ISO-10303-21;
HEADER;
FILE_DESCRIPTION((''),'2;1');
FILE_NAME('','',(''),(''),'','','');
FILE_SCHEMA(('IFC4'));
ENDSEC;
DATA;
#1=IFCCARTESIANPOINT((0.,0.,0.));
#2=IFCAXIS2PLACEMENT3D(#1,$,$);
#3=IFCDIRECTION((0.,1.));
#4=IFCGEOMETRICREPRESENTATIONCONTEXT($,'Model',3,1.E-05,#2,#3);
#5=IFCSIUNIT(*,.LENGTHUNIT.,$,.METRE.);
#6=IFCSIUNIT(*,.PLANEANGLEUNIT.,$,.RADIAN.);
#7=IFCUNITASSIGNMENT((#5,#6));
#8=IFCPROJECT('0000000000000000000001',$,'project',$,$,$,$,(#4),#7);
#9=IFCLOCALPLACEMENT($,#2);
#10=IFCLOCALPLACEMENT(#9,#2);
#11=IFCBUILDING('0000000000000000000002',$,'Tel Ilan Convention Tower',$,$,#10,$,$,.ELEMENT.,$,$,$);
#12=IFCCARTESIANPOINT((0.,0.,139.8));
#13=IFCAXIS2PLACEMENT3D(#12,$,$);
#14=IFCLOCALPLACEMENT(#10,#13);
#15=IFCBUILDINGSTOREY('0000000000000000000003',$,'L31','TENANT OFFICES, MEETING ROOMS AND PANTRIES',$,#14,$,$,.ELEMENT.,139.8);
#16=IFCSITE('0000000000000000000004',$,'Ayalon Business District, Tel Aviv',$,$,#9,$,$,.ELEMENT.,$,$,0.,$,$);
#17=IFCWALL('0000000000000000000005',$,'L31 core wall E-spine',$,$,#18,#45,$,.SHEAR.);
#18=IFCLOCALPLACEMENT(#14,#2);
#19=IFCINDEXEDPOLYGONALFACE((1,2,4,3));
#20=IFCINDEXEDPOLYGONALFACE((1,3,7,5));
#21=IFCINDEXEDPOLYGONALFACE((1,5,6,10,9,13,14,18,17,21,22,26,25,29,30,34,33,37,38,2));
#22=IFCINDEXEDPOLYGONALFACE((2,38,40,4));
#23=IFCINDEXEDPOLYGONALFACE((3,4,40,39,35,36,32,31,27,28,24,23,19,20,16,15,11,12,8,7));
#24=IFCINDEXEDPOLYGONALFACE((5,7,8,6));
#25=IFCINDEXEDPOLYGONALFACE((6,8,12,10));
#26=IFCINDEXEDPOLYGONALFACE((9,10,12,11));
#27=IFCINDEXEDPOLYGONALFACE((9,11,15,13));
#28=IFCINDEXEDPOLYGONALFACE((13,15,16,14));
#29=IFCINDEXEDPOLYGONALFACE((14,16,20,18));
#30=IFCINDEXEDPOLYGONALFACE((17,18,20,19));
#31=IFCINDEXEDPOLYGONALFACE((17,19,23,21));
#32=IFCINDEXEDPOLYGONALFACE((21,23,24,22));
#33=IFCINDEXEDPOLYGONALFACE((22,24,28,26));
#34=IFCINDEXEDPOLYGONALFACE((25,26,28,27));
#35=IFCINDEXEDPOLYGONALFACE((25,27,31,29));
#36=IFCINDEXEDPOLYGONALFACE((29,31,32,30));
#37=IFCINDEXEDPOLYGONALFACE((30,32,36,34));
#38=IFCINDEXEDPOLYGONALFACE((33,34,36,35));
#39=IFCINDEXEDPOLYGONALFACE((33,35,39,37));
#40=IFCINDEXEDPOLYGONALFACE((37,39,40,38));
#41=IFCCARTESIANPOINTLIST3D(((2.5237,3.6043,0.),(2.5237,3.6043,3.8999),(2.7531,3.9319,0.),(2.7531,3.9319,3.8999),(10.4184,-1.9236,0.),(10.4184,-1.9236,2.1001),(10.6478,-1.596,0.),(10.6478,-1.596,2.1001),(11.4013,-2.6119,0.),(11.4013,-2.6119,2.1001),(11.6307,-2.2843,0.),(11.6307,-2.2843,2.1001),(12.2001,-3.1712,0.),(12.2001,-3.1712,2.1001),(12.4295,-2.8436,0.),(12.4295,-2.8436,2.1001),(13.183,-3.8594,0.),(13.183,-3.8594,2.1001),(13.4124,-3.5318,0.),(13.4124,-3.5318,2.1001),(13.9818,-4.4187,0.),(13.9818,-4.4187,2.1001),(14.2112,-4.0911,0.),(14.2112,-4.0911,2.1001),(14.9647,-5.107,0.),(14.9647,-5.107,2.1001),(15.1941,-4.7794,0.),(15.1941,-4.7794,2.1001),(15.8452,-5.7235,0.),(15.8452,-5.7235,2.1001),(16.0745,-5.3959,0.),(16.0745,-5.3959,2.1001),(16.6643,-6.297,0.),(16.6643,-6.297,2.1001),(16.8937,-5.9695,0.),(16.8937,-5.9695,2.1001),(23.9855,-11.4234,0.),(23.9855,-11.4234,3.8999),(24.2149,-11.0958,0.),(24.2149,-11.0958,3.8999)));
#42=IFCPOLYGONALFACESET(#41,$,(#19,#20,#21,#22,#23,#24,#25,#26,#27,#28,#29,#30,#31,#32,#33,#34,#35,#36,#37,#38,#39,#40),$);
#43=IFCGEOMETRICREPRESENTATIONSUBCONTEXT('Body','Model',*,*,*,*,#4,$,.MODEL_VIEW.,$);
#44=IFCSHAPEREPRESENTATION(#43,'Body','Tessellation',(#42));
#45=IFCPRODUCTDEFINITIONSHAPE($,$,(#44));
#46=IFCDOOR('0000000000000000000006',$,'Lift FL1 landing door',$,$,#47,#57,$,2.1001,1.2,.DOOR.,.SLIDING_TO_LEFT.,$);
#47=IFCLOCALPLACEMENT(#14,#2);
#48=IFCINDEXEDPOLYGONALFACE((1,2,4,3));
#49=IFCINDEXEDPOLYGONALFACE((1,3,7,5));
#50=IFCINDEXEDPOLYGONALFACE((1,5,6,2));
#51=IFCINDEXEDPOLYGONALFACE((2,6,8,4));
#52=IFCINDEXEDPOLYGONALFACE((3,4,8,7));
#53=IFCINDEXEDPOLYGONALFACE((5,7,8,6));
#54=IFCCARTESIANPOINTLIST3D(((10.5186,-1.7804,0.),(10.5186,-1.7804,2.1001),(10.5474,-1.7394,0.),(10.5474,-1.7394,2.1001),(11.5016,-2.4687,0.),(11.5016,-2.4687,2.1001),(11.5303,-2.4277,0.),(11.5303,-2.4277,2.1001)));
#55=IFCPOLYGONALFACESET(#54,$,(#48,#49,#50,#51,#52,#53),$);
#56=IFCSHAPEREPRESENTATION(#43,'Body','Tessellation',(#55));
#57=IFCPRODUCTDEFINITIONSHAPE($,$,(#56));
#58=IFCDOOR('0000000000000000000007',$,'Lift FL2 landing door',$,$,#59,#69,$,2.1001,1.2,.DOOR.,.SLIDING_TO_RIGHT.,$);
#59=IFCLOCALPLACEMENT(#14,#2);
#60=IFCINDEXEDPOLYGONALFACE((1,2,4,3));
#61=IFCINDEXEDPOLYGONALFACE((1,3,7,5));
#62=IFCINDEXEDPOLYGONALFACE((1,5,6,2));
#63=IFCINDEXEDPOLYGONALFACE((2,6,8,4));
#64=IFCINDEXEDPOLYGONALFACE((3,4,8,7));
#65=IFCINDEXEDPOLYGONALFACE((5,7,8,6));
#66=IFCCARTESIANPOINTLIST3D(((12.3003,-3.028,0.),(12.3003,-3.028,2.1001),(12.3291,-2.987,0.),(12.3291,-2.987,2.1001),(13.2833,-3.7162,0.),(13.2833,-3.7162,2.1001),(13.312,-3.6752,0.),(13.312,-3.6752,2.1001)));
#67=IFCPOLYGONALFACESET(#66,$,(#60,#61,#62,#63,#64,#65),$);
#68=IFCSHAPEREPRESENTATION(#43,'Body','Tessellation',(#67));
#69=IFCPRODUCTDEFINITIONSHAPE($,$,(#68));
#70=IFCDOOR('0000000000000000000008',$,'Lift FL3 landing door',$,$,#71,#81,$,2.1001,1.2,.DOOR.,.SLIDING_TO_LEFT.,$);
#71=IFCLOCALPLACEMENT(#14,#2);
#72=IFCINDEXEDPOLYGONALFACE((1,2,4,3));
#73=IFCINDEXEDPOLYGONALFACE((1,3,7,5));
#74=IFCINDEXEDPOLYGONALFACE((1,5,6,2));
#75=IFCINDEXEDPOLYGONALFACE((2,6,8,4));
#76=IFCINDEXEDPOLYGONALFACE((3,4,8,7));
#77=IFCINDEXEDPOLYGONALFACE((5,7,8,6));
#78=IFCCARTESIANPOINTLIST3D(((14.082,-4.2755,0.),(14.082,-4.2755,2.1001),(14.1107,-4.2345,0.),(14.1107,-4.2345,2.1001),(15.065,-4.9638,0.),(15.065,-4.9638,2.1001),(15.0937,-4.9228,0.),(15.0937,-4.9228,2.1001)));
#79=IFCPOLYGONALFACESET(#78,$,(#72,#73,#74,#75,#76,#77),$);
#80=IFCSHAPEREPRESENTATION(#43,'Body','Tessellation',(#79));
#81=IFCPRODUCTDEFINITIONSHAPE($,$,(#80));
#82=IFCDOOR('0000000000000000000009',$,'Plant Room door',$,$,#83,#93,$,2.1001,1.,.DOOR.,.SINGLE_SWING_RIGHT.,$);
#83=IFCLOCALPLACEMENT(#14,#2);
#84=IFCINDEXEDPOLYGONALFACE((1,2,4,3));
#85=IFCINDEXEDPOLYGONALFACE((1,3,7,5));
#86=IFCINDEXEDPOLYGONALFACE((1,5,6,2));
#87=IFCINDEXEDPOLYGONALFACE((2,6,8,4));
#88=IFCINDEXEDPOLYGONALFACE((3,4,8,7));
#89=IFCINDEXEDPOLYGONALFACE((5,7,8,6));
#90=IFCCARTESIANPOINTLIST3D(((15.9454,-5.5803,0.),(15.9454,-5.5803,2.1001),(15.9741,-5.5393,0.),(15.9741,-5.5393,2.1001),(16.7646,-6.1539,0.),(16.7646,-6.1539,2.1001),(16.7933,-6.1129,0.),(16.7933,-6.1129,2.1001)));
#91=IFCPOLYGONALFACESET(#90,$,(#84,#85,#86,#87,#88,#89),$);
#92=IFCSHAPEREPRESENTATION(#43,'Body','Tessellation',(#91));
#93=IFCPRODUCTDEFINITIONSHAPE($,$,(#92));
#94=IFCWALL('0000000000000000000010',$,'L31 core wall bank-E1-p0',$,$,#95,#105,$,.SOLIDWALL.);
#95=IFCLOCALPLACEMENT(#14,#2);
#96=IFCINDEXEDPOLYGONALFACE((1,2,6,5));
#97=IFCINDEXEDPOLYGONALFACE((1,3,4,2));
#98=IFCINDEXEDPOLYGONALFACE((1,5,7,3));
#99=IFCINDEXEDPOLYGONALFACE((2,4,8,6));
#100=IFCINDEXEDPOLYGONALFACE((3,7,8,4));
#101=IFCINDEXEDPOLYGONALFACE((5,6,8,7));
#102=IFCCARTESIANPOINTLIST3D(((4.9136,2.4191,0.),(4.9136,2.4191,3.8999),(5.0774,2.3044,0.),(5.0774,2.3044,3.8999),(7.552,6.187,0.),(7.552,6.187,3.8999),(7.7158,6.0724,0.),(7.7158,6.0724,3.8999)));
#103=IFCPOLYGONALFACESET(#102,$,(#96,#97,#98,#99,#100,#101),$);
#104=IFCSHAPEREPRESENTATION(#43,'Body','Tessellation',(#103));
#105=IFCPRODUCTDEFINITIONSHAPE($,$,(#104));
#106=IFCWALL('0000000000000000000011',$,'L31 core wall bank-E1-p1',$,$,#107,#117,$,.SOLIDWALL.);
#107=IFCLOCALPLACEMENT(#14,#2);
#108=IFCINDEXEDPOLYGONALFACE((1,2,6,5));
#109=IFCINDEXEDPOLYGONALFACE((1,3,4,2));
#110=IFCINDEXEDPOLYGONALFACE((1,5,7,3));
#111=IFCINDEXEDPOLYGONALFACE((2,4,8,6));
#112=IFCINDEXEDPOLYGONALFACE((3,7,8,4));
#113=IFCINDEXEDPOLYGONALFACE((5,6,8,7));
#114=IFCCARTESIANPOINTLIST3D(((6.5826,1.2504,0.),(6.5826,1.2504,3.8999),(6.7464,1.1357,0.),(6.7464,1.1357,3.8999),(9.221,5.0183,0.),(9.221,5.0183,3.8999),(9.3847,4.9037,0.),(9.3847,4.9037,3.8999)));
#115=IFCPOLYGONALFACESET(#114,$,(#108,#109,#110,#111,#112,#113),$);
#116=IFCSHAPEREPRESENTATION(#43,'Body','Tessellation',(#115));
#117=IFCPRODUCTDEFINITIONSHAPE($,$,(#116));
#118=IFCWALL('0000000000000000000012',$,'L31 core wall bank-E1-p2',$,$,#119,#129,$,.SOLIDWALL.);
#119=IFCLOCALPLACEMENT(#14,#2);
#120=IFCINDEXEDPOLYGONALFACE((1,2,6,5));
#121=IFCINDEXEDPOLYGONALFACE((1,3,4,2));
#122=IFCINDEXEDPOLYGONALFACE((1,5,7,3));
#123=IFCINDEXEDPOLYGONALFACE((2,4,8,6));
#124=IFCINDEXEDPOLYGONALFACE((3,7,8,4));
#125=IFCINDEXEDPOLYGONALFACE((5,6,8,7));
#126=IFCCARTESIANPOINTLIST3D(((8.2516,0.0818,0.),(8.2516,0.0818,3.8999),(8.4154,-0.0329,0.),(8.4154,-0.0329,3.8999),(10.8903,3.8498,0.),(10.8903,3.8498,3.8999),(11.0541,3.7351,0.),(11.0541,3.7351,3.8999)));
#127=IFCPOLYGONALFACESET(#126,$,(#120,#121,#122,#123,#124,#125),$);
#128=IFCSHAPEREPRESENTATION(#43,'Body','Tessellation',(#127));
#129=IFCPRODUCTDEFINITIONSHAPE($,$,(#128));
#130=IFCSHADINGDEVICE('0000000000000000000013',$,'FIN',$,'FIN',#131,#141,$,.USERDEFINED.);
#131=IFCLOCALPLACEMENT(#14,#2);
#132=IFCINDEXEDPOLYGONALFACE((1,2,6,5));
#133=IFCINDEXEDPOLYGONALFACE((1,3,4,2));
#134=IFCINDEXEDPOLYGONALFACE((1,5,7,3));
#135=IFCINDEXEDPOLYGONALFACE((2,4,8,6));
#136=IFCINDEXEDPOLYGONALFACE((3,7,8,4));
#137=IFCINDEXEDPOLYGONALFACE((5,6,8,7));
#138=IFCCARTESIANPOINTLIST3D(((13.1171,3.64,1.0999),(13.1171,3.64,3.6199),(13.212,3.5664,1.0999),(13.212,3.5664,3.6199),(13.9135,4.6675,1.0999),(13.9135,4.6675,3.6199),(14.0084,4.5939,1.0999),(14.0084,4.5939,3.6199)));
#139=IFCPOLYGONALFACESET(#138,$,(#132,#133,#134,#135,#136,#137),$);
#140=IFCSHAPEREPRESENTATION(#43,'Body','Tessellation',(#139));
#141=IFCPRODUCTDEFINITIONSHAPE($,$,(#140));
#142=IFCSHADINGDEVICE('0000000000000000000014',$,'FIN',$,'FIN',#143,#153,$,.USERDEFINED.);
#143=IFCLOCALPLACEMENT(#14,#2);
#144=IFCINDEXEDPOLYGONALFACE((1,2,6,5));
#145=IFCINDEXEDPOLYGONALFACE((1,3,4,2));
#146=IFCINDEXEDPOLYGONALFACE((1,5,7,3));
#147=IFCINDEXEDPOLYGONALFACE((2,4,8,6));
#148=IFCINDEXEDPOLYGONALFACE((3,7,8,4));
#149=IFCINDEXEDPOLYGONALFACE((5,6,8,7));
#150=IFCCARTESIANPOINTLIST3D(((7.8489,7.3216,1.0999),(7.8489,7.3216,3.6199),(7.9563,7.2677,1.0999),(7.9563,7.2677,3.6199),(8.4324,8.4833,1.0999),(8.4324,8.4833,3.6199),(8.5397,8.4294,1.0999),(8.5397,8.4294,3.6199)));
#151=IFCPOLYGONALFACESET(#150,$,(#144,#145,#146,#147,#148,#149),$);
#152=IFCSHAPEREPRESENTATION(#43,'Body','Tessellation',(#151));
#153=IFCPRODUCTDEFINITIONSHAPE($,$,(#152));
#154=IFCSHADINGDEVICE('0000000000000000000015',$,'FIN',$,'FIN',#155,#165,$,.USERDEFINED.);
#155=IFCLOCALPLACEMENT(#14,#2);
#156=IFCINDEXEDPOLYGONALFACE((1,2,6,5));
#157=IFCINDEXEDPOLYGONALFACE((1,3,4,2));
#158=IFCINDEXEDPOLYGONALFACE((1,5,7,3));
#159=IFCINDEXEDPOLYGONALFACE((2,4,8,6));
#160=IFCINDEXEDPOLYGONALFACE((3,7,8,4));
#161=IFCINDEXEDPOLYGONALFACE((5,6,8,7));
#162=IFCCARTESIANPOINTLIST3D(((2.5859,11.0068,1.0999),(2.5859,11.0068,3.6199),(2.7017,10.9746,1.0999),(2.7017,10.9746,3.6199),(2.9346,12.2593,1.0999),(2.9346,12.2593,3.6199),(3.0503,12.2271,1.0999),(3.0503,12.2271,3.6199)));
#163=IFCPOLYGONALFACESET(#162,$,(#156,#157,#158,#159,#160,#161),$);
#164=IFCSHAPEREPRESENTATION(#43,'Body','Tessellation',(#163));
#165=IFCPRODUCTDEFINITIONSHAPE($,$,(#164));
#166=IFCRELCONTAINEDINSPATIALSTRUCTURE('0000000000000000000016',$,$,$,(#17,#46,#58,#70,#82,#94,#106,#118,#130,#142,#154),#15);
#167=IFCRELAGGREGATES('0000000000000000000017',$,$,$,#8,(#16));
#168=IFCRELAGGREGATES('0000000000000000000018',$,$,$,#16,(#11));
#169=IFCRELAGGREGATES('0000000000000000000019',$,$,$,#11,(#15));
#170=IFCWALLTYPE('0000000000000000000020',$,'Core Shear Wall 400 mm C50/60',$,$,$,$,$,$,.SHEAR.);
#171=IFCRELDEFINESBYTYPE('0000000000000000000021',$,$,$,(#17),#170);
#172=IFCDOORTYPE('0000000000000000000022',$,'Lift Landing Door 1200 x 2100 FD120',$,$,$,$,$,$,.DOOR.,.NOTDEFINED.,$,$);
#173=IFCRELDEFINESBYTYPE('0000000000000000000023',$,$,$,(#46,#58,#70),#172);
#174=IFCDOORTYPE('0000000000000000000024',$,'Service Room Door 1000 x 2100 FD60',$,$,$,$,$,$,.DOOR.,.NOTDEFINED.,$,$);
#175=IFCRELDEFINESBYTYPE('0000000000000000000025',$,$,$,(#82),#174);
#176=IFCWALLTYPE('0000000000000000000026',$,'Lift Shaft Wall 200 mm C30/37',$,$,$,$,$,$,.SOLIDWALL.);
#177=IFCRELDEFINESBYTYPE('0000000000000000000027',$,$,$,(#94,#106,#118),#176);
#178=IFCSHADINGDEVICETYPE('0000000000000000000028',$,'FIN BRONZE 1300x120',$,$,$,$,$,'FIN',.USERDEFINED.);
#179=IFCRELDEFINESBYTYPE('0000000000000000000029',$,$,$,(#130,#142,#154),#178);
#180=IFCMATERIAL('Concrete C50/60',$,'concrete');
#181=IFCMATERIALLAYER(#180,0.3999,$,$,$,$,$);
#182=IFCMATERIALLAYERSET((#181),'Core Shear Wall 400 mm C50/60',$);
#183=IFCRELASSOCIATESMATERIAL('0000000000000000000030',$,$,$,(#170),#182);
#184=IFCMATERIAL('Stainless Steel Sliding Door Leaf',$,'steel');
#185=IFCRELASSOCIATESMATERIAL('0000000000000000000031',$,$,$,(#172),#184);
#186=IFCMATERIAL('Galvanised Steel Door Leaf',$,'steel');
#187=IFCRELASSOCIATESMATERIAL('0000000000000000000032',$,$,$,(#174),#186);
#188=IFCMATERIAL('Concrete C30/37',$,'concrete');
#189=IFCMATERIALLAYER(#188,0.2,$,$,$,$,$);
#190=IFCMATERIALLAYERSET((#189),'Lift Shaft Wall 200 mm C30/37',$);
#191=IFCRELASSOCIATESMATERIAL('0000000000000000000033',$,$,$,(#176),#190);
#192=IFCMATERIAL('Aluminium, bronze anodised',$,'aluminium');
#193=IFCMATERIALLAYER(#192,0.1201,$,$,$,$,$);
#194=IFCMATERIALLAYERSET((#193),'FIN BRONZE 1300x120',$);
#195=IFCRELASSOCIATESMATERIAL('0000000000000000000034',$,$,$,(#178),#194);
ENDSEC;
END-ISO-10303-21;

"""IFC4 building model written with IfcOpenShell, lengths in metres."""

from ifc_helpers import new_model, si_unit, direction, frame, frame_2d, origin, origin_2d, place, context, subcontext, project, spatial, polyline, rectangle, outline, extrude, material, layer, layer_set, type_object, element, fill, save


model = new_model("IFC4")

# Units and contexts
model_context = context("Model", 3, precision=1e-05, world=origin(), true_north=direction((0.0, 1.0)))
body_context = subcontext(model_context, "Body", "Model", "MODEL_VIEW")
ifc_project = project(units=[si_unit("LENGTHUNIT", "METRE"), si_unit("PLANEANGLEUNIT", "RADIAN")], contexts=[model_context])

# Site, building, storey
site_placement = place(None, origin())
site = spatial("IfcSite", under=ifc_project, at=site_placement, Name="Ayalon Business District, Tel Aviv", CompositionType="ELEMENT", RefElevation=0.0)
building_placement = place(site_placement, origin())
building = spatial("IfcBuilding", under=site, at=building_placement, Name="Tel Ilan Convention Tower", CompositionType="ELEMENT")
storey_placement = place(building_placement, frame((0.0, 0.0, 139.8)))
storey = spatial("IfcBuildingStorey", under=building, at=storey_placement, Name="L31", Description="TENANT OFFICES, MEETING ROOMS AND PANTRIES", CompositionType="ELEMENT", Elevation=139.8)

# Wall, openings, doors
ifc_material_1 = material(Name="Concrete C50/60", Category="concrete")
ifc_layer_1 = layer(ifc_material_1, 0.3999)
ifc_layer_set_1 = layer_set([ifc_layer_1], Name="Core Shear Wall 400 mm C50/60")
wall_type_1 = type_object("IfcWallType", Name="Core Shear Wall 400 mm C50/60", PredefinedType="SHEAR", material=ifc_layer_set_1)
wall_1_placement = place(storey_placement, frame((2.6384, 3.7681, 0.0), z_axis=(0.0, 0.0, 1.0), x_axis=(0.819153, -0.573576, 0.0)))
wall_1 = element("IfcWall", 1, at=wall_1_placement, inside=storey, type_object=wall_type_1, Name="L31 core wall E-spine", PredefinedType="SHEAR", context=body_context, shape_type="SweptSolid", body=[
    extrude(outline(polyline([(0.0, 0.2), (0.0, -0.2), (26.2, -0.2), (26.2, 0.2), (0.0, 0.2)])), origin(), (0.0, 0.0, 1.0), 3.8999),
])
opening_1_placement = place(wall_1_placement, frame((9.6375, 0.0, 0.0)))
opening_1 = element("IfcOpeningElement", 2, at=opening_1_placement, cuts=wall_1, PredefinedType="OPENING", context=body_context, shape_type="SweptSolid", body=[
    extrude(rectangle(XDim=1.2, YDim=2.1001, at=frame_2d((0.6001, 1.05))), frame((0.0, 0.21, 0.0), z_axis=(0.0, -1.0, 0.0), x_axis=(1.0, 0.0, 0.0)), (0.0, 0.0, 1.0), 0.4199),
])
opening_2_placement = place(wall_1_placement, frame((11.8125, 0.0, 0.0)))
opening_2 = element("IfcOpeningElement", 3, at=opening_2_placement, cuts=wall_1, PredefinedType="OPENING", context=body_context, shape_type="SweptSolid", body=[
    extrude(rectangle(XDim=1.2, YDim=2.1001, at=frame_2d((0.6001, 1.05))), frame((0.0, 0.21, 0.0), z_axis=(0.0, -1.0, 0.0), x_axis=(1.0, 0.0, 0.0)), (0.0, 0.0, 1.0), 0.4199),
])
opening_3_placement = place(wall_1_placement, frame((13.9875, 0.0, 0.0)))
opening_3 = element("IfcOpeningElement", 4, at=opening_3_placement, cuts=wall_1, PredefinedType="OPENING", context=body_context, shape_type="SweptSolid", body=[
    extrude(rectangle(XDim=1.2, YDim=2.1001, at=frame_2d((0.6001, 1.05))), frame((0.0, 0.21, 0.0), z_axis=(0.0, -1.0, 0.0), x_axis=(1.0, 0.0, 0.0)), (0.0, 0.0, 1.0), 0.4199),
])
opening_4_placement = place(wall_1_placement, frame((16.2625, 0.0, 0.0)))
opening_4 = element("IfcOpeningElement", 5, at=opening_4_placement, cuts=wall_1, PredefinedType="OPENING", context=body_context, shape_type="SweptSolid", body=[
    extrude(rectangle(XDim=1.0, YDim=2.1001, at=frame_2d((0.5, 1.05))), frame((0.0, 0.21, 0.0), z_axis=(0.0, -1.0, 0.0), x_axis=(1.0, 0.0, 0.0)), (0.0, 0.0, 1.0), 0.4199),
])
ifc_material_2 = material(Name="Stainless Steel Sliding Door Leaf", Category="steel")
door_type_1 = type_object("IfcDoorType", Name="Lift Landing Door 1200 x 2100 FD120", OperationType="NOTDEFINED", PredefinedType="DOOR", material=ifc_material_2)
door_1_placement = place(opening_1_placement, origin())
door_1 = element("IfcDoor", 6, at=door_1_placement, inside=storey, type_object=door_type_1, Name="Lift FL1 landing door", OperationType="SLIDING_TO_LEFT", OverallHeight=2.1001, OverallWidth=1.2, PredefinedType="DOOR", context=body_context, shape_type="SweptSolid", body=[
    extrude(rectangle(XDim=1.2, YDim=2.1001, at=frame_2d((0.6001, 1.05))), frame((0.0, 0.0249, 0.0), z_axis=(0.0, -1.0, 0.0), x_axis=(1.0, 0.0, 0.0)), (0.0, 0.0, 1.0), 0.05),
])
fill(opening_1, door_1)
door_2_placement = place(opening_2_placement, origin())
door_2 = element("IfcDoor", 7, at=door_2_placement, inside=storey, type_object=door_type_1, Name="Lift FL2 landing door", OperationType="SLIDING_TO_RIGHT", OverallHeight=2.1001, OverallWidth=1.2, PredefinedType="DOOR", context=body_context, shape_type="SweptSolid", body=[
    extrude(rectangle(XDim=1.2, YDim=2.1001, at=frame_2d((0.6001, 1.05))), frame((0.0, 0.0249, 0.0), z_axis=(0.0, -1.0, 0.0), x_axis=(1.0, 0.0, 0.0)), (0.0, 0.0, 1.0), 0.05),
])
fill(opening_2, door_2)
door_3_placement = place(opening_3_placement, origin())
door_3 = element("IfcDoor", 8, at=door_3_placement, inside=storey, type_object=door_type_1, Name="Lift FL3 landing door", OperationType="SLIDING_TO_LEFT", OverallHeight=2.1001, OverallWidth=1.2, PredefinedType="DOOR", context=body_context, shape_type="SweptSolid", body=[
    extrude(rectangle(XDim=1.2, YDim=2.1001, at=frame_2d((0.6001, 1.05))), frame((0.0, 0.0249, 0.0), z_axis=(0.0, -1.0, 0.0), x_axis=(1.0, 0.0, 0.0)), (0.0, 0.0, 1.0), 0.05),
])
fill(opening_3, door_3)
ifc_material_3 = material(Name="Galvanised Steel Door Leaf", Category="steel")
door_type_2 = type_object("IfcDoorType", Name="Service Room Door 1000 x 2100 FD60", OperationType="NOTDEFINED", PredefinedType="DOOR", material=ifc_material_3)
door_4_placement = place(opening_4_placement, origin())
door_4 = element("IfcDoor", 9, at=door_4_placement, inside=storey, type_object=door_type_2, Name="Plant Room door", OperationType="SINGLE_SWING_RIGHT", OverallHeight=2.1001, OverallWidth=1.0, PredefinedType="DOOR", context=body_context, shape_type="SweptSolid", body=[
    extrude(rectangle(XDim=1.0, YDim=2.1001, at=frame_2d((0.5, 1.05))), frame((0.0, 0.0249, 0.0), z_axis=(0.0, -1.0, 0.0), x_axis=(1.0, 0.0, 0.0)), (0.0, 0.0, 1.0), 0.05),
])
fill(opening_4, door_4)

# Walls
ifc_material_4 = material(Name="Concrete C30/37", Category="concrete")
ifc_layer_2 = layer(ifc_material_4, 0.2)
ifc_layer_set_2 = layer_set([ifc_layer_2], Name="Lift Shaft Wall 200 mm C30/37")
wall_type_2 = type_object("IfcWallType", Name="Lift Shaft Wall 200 mm C30/37", PredefinedType="SOLIDWALL", material=ifc_layer_set_2)
for number, where, z_axis, x_axis, name in (
    (10, (4.9956, 2.3618, 0.0), (0.0, 0.0, 1.0), (0.573576, 0.819152, 0.0), "L31 core wall bank-E1-p0"),
    (11, (6.6646, 1.1931, 0.0), (0.0, 0.0, 1.0), (0.573576, 0.819152, 0.0), "L31 core wall bank-E1-p1"),
):
    element("IfcWall", number, at=place(storey_placement, frame(where, z_axis=z_axis, x_axis=x_axis)), inside=storey, type_object=wall_type_2, Name=name, PredefinedType="SOLIDWALL", context=body_context, shape_type="SweptSolid", body=[
        extrude(rectangle(XDim=4.5999, YDim=0.2, at=frame_2d((2.2998, 0.0))), origin(), (0.0, 0.0, 1.0), 3.8999),
    ])
wall_2_placement = place(storey_placement, frame((8.3335, 0.0244, 0.0), z_axis=(0.0, 0.0, 1.0), x_axis=(0.573612, 0.819127, 0.0)))
element("IfcWall", 12, at=wall_2_placement, inside=storey, type_object=wall_type_2, Name="L31 core wall bank-E1-p2", PredefinedType="SOLIDWALL", context=body_context, shape_type="SweptSolid", body=[
    extrude(rectangle(XDim=4.6001, YDim=0.2, at=frame_2d((2.3, 0.0))), origin(), (0.0, 0.0, 1.0), 3.8999),
])

# Shading devices
ifc_material_5 = material(Name="Aluminium, bronze anodised", Category="aluminium")
ifc_layer_3 = layer(ifc_material_5, 0.1201)
ifc_layer_set_3 = layer_set([ifc_layer_3], Name="FIN BRONZE 1300x120")
shading_device_type_1 = type_object("IfcShadingDeviceType", Name="FIN BRONZE 1300x120", ElementType="FIN", PredefinedType="USERDEFINED", material=ifc_layer_set_3)
for number, where, z_axis, x_axis, name in (
    (13, (13.5627, 4.1169, 1.0999), (0.0, 0.0, 1.0), (0.612601, 0.790393, 0.0), "FIN"),
    (14, (8.1943, 7.8755, 1.0999), (0.0, 0.0, 1.0), (0.448799, 0.893633, 0.0), "FIN"),
    (15, (2.8181, 11.6169, 1.0999), (0.0, 0.0, 1.0), (0.268173, 0.963371, 0.0), "FIN"),
):
    element("IfcShadingDevice", number, at=place(storey_placement, frame(where, z_axis=z_axis, x_axis=x_axis)), inside=storey, type_object=shading_device_type_1, Name=name, ObjectType="FIN", PredefinedType="USERDEFINED", context=body_context, shape_type="SweptSolid", body=[
        extrude(rectangle(XDim=1.3, YDim=0.1201, at=origin_2d()), origin(), (0.0, 0.0, 1.0), 2.52),
    ])

save(model, "model.ifc")
